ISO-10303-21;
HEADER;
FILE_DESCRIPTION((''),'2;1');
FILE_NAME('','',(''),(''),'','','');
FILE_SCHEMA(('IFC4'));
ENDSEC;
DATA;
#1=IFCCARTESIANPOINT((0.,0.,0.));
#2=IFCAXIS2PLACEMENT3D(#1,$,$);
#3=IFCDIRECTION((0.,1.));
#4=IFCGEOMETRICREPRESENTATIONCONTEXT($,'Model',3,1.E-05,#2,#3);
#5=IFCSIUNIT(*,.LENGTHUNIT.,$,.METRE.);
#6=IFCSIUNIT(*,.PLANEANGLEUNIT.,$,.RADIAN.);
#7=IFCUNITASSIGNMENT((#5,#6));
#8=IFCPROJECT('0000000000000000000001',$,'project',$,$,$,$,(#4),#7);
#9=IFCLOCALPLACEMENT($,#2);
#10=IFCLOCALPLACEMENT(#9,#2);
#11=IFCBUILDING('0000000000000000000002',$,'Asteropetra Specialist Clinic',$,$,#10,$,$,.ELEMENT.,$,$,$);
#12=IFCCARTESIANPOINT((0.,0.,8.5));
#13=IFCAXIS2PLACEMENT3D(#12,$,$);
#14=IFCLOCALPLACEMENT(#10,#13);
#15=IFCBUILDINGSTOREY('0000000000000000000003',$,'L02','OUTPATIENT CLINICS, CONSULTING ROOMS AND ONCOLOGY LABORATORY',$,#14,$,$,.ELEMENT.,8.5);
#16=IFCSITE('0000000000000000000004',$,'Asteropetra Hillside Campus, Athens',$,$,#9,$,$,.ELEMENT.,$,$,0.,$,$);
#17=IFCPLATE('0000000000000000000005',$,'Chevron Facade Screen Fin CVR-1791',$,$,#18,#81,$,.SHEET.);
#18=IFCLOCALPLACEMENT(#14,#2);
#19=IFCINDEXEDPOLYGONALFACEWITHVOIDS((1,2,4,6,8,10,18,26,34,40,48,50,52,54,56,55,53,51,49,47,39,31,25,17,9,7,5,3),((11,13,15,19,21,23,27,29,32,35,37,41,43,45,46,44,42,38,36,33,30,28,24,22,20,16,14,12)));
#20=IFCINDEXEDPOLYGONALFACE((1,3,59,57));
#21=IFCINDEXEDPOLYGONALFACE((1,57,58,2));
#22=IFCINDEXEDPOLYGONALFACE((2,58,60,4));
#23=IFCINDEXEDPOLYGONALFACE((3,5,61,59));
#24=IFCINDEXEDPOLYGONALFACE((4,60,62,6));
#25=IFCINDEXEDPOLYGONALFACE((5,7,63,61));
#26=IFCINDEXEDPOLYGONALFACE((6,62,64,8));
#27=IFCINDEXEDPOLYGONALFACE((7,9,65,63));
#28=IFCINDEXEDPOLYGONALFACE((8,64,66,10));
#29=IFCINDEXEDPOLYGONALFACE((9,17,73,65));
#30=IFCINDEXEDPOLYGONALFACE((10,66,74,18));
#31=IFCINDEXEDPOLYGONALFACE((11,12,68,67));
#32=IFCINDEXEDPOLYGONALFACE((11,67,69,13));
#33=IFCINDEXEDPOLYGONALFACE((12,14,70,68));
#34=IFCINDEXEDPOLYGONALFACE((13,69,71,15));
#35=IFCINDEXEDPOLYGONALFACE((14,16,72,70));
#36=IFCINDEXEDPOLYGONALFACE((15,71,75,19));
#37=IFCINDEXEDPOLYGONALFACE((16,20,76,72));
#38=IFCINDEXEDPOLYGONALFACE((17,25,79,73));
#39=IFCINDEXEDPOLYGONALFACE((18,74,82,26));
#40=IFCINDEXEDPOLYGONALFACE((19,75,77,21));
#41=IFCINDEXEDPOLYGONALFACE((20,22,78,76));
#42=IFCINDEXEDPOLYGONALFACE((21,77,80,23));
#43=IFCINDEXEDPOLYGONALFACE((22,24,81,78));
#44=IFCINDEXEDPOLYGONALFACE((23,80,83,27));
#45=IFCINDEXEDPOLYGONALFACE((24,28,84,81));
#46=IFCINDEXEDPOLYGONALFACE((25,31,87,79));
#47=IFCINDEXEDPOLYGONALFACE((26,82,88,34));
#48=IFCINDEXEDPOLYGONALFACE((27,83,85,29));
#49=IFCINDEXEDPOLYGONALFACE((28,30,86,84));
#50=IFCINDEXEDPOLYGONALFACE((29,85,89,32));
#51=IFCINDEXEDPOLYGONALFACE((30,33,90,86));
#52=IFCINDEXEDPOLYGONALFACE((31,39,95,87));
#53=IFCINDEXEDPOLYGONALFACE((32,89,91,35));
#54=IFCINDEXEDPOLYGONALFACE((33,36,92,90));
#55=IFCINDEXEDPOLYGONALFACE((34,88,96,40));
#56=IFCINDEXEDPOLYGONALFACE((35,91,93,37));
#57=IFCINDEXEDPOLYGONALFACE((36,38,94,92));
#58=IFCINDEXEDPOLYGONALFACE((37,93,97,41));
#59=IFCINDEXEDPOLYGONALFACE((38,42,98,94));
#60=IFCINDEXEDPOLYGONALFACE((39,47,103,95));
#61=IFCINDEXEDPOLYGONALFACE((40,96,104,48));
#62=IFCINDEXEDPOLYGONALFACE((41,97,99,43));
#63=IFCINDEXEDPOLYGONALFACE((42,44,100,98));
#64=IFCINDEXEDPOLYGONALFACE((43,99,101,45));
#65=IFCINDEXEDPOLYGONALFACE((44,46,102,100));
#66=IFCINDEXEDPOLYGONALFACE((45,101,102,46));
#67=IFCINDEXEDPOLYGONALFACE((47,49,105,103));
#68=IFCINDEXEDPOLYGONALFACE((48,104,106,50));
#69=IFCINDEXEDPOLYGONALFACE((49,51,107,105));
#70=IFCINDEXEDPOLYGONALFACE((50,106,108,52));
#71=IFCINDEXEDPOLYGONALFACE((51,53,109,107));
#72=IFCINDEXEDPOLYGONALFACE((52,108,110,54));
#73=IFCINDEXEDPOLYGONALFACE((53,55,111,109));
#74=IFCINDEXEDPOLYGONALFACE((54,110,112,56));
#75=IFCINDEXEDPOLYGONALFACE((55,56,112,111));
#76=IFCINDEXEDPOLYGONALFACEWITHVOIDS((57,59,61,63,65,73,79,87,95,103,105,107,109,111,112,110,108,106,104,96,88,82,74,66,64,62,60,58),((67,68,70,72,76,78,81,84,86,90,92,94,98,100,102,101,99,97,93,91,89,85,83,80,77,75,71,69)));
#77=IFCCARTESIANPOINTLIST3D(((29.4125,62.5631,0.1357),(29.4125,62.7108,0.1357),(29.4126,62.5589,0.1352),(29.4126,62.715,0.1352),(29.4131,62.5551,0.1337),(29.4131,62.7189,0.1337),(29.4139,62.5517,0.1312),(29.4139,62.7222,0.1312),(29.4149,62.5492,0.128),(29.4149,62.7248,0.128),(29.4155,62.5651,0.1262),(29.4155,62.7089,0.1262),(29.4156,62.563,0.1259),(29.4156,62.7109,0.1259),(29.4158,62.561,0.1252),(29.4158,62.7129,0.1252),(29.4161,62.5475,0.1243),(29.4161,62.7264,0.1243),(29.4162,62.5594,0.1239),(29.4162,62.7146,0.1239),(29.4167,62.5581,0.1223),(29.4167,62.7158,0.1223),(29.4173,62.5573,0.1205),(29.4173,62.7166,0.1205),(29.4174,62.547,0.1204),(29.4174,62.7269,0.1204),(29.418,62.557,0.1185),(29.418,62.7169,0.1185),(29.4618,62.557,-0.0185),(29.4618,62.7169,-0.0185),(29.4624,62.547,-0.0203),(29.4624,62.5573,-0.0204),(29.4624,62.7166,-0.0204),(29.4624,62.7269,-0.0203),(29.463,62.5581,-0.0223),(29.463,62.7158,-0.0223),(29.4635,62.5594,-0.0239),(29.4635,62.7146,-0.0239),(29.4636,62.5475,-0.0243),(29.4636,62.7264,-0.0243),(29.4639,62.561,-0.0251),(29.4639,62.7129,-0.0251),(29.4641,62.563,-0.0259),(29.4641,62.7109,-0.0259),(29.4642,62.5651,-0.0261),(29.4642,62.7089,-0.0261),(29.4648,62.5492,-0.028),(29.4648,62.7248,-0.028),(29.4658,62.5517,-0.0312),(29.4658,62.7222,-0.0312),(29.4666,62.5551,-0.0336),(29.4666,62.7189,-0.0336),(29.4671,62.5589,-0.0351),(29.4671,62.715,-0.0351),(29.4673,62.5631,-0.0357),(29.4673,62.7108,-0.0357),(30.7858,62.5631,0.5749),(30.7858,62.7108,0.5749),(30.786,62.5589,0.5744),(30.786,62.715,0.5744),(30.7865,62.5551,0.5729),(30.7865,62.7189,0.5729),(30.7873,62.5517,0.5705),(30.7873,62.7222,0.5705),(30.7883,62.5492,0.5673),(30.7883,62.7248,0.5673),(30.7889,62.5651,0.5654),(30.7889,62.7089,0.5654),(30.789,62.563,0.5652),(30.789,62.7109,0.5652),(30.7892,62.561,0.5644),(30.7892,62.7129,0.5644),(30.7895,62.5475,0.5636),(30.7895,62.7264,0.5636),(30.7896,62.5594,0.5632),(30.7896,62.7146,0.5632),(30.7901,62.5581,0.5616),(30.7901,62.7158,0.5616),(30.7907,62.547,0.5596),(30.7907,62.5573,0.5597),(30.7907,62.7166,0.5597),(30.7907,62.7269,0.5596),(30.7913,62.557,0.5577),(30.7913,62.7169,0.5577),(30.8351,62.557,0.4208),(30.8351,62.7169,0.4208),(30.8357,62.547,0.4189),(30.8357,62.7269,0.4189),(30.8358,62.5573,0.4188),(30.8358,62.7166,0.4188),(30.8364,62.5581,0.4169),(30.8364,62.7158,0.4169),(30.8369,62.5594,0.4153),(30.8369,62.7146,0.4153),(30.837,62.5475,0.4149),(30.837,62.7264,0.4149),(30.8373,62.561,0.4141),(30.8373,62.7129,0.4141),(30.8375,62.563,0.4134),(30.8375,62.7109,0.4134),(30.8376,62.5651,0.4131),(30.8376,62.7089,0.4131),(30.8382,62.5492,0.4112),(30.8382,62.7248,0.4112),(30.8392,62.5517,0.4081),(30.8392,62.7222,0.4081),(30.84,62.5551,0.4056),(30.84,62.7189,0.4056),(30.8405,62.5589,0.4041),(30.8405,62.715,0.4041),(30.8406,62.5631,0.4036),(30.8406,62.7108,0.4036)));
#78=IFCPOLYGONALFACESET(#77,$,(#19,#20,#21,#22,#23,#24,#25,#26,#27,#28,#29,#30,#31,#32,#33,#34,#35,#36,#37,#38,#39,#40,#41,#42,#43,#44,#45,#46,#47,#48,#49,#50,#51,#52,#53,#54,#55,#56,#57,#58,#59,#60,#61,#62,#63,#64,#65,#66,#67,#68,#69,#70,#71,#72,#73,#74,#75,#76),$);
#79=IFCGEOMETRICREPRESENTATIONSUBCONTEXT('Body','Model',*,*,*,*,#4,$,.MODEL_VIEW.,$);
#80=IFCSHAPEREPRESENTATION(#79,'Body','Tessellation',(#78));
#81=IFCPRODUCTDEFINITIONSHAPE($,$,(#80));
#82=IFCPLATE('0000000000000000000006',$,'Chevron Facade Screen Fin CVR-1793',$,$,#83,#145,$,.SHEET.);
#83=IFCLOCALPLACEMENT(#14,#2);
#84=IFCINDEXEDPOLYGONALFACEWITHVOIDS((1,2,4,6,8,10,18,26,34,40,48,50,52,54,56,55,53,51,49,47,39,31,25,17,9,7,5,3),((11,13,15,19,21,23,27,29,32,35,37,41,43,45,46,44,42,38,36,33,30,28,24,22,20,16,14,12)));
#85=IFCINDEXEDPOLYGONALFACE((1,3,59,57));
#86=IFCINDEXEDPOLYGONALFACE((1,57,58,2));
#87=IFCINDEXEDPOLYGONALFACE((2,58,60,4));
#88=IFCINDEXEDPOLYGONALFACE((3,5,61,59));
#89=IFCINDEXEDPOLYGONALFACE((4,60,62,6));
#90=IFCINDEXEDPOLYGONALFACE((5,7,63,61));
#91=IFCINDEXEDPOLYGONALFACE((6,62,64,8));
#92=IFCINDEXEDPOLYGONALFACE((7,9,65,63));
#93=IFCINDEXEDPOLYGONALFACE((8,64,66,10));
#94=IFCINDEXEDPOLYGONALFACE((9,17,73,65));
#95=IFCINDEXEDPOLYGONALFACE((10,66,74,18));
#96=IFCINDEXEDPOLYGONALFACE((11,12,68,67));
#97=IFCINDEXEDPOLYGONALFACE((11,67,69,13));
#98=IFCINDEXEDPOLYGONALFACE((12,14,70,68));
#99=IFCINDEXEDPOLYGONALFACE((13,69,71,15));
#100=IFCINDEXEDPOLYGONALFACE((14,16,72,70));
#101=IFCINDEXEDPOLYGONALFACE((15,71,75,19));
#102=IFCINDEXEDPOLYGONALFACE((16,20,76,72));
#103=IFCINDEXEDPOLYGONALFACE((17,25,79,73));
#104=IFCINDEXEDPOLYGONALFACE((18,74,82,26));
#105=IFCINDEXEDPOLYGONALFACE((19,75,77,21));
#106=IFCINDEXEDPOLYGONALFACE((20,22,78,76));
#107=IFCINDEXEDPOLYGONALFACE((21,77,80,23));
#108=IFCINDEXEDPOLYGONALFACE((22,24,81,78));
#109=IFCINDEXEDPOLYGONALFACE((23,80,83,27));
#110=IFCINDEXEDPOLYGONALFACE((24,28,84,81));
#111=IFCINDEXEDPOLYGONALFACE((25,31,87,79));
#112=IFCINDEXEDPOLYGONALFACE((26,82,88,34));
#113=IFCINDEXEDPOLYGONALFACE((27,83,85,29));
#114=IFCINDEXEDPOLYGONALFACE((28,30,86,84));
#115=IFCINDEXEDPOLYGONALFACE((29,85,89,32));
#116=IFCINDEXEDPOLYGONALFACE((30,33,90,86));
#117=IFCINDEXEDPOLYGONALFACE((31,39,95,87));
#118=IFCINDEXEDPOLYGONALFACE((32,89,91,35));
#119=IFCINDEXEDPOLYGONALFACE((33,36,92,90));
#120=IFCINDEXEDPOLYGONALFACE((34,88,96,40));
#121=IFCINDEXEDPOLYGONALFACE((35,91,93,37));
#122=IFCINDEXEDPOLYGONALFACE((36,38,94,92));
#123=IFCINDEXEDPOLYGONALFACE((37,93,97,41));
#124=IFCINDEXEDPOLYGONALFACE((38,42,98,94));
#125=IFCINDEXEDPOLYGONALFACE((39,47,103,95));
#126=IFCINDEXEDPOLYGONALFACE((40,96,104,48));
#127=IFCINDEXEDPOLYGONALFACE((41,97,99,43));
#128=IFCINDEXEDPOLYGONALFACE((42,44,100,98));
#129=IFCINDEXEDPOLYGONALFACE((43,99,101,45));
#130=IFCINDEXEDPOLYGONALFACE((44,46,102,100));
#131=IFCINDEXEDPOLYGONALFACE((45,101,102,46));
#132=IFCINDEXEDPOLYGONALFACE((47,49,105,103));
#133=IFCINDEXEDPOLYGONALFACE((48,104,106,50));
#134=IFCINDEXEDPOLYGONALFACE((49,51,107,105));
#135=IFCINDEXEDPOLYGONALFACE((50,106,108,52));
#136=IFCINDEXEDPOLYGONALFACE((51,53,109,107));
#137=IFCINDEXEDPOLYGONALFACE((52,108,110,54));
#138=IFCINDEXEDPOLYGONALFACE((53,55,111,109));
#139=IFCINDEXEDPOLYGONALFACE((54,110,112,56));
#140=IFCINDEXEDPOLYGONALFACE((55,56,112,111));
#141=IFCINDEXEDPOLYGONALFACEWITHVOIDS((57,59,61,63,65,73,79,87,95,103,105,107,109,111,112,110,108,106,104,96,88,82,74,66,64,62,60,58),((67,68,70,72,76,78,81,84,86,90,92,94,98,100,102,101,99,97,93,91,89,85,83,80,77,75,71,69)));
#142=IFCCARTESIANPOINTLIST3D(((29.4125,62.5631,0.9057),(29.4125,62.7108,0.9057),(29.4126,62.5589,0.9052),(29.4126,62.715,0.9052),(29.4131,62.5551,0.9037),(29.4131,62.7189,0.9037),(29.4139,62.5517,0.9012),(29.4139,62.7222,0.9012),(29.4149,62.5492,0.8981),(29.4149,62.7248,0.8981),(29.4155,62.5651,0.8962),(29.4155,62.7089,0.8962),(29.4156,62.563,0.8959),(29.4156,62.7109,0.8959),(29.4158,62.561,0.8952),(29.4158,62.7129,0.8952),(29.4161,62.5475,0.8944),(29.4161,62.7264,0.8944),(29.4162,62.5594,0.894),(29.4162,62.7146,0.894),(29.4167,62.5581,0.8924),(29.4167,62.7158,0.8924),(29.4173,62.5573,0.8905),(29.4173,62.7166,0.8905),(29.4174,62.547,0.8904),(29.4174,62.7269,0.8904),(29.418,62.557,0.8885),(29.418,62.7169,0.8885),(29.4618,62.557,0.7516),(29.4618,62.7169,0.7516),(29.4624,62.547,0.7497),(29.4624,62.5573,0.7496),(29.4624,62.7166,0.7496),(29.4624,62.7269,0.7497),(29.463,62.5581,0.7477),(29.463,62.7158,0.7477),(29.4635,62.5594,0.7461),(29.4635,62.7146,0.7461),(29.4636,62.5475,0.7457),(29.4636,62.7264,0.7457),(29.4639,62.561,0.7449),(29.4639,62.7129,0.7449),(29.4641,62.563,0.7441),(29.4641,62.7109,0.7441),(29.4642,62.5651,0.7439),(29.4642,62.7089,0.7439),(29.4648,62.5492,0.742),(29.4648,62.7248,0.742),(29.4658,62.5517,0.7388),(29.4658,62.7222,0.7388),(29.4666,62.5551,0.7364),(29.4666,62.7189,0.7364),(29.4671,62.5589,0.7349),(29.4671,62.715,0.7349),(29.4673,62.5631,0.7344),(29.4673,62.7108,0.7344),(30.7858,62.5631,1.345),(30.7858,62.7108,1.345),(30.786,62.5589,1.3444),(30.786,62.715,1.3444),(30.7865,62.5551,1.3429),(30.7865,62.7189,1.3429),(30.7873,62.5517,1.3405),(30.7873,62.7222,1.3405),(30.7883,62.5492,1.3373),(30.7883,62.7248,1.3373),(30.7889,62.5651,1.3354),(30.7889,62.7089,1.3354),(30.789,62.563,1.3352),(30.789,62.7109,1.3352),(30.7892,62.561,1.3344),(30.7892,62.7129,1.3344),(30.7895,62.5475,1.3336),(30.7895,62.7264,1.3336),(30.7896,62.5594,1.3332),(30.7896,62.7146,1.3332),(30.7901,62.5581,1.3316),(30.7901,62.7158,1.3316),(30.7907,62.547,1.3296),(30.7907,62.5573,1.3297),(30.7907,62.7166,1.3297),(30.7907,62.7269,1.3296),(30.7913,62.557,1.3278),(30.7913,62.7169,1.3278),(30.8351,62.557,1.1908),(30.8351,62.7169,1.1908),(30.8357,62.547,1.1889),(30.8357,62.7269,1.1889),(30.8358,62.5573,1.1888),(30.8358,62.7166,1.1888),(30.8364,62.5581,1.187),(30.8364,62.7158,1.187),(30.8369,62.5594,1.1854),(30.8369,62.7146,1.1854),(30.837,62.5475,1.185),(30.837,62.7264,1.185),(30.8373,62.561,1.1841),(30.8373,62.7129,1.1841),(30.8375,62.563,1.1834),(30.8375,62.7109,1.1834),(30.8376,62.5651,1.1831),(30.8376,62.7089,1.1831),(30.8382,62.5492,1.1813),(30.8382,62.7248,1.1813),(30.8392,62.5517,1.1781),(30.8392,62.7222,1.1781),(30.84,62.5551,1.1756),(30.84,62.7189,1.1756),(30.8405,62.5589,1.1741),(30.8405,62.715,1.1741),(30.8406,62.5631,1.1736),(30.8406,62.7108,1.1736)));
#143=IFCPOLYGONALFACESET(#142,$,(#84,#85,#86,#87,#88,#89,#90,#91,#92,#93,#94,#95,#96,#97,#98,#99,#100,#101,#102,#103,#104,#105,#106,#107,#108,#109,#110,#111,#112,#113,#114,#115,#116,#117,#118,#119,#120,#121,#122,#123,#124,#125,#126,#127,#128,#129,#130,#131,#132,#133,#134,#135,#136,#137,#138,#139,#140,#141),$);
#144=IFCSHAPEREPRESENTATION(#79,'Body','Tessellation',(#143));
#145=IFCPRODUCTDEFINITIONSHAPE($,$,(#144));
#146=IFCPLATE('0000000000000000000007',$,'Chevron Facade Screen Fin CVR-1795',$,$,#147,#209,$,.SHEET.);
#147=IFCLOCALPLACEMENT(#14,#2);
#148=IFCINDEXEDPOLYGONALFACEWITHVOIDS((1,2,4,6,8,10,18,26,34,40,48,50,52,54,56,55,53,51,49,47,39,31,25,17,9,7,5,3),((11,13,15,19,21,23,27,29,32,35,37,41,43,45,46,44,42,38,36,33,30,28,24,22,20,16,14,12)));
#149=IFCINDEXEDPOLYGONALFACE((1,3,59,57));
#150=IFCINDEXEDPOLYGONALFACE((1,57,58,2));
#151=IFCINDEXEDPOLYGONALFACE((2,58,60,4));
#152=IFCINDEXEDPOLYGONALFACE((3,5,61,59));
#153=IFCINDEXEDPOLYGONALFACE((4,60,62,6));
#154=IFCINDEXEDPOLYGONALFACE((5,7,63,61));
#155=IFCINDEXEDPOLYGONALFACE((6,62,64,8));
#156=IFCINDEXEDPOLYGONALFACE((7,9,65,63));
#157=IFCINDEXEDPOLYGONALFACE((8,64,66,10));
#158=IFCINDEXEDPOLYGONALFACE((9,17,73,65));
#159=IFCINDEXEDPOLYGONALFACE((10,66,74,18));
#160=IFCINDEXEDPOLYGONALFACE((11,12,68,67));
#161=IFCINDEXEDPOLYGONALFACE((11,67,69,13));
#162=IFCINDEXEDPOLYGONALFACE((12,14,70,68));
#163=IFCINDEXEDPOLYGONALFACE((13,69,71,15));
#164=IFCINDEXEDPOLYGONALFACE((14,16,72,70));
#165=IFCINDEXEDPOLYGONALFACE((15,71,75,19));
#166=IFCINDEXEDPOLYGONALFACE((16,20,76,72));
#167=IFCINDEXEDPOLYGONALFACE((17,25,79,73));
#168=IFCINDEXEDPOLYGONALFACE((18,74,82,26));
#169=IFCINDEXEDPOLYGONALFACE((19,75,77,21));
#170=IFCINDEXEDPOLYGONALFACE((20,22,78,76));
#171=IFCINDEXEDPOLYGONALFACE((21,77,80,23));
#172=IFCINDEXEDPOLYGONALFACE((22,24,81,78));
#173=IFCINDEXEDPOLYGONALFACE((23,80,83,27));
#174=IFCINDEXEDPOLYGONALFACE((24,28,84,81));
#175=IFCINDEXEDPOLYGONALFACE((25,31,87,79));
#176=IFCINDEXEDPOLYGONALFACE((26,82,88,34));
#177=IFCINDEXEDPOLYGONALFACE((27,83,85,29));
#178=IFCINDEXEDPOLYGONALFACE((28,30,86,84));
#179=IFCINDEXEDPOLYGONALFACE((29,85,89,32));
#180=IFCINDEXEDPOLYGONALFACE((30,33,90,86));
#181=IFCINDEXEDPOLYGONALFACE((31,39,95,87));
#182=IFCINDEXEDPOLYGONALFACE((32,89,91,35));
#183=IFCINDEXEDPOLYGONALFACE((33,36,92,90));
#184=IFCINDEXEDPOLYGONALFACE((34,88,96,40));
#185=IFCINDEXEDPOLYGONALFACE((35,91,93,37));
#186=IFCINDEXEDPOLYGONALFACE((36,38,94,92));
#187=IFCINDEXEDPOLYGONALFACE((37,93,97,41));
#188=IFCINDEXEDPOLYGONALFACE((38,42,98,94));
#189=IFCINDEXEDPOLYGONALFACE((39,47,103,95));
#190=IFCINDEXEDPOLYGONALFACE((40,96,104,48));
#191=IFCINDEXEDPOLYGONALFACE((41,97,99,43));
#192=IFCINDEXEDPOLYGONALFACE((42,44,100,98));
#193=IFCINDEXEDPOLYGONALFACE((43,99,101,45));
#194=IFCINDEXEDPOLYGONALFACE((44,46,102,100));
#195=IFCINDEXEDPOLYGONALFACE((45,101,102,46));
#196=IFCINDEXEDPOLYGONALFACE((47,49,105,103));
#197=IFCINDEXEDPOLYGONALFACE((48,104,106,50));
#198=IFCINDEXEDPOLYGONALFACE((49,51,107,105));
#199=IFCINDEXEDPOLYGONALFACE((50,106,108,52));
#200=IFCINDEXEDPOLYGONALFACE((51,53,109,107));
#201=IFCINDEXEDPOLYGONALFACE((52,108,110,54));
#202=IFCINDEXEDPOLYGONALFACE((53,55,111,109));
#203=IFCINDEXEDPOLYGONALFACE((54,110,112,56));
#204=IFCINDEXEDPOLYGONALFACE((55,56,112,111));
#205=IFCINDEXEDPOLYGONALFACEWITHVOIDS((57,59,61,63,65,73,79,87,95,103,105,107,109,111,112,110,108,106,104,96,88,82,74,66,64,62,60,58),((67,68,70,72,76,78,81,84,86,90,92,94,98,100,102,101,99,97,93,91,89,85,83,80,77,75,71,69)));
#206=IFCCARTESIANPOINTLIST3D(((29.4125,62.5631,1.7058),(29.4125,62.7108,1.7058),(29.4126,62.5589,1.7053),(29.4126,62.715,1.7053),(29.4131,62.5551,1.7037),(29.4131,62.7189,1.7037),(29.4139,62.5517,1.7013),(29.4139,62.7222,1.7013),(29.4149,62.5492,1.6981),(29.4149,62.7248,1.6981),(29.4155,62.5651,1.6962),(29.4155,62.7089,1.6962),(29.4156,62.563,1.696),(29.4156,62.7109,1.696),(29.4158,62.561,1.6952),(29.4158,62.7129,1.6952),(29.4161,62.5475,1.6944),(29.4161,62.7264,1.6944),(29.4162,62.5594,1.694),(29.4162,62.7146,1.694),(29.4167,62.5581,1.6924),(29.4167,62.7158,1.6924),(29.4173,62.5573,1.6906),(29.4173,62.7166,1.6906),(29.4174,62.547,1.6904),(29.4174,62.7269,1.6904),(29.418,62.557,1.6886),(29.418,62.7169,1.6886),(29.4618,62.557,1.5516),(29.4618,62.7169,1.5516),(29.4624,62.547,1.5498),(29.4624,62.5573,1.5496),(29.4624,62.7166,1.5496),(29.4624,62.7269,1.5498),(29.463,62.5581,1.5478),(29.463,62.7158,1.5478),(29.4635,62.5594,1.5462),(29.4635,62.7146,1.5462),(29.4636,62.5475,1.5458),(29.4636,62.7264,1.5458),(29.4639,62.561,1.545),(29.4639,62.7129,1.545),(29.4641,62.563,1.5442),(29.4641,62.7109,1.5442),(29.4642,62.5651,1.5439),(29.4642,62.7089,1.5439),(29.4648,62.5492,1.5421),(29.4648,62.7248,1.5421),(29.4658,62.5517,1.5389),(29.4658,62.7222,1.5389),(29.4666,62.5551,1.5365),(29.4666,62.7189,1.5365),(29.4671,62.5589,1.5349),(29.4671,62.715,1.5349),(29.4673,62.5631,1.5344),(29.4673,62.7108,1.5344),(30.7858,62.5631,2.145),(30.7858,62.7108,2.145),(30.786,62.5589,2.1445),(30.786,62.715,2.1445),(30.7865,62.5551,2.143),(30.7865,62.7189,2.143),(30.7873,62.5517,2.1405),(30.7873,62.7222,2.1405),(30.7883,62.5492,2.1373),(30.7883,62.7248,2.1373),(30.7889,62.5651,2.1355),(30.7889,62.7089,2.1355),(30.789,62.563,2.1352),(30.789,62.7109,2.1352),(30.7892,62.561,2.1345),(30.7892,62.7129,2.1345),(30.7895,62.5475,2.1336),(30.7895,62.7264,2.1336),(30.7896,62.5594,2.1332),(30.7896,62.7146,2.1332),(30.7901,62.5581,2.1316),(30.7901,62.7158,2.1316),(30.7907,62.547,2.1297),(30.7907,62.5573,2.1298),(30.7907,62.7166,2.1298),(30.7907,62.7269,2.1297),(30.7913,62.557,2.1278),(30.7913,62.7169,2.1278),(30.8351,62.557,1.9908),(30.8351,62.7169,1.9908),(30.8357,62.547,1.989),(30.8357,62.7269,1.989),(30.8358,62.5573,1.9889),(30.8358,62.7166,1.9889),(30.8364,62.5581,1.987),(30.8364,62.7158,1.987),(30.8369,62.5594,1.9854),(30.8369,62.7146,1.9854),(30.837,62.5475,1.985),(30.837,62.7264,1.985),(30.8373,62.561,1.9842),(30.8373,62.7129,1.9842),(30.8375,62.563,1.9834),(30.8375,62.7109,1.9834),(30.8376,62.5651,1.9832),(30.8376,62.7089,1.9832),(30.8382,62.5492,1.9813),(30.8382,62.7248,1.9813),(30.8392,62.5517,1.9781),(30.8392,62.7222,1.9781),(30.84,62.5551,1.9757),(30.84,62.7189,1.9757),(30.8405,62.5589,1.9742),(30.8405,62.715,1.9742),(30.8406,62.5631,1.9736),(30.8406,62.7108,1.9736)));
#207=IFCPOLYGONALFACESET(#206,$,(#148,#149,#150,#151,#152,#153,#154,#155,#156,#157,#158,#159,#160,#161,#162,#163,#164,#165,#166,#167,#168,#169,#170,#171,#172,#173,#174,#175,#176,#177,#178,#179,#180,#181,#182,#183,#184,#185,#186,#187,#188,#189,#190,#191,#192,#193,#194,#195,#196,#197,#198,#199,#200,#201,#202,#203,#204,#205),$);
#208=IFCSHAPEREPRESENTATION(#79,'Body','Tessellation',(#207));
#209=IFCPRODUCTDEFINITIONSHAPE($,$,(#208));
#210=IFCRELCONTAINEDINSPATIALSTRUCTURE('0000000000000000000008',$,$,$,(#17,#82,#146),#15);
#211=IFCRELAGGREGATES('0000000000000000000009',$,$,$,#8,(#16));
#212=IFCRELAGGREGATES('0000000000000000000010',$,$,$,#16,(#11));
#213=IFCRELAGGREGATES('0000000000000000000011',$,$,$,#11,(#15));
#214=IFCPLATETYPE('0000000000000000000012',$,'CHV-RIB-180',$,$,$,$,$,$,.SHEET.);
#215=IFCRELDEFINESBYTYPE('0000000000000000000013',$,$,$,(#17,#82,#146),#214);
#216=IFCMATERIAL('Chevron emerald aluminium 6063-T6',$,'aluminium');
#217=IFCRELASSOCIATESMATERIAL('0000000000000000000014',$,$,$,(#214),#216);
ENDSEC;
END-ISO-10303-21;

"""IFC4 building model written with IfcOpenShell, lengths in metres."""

from ifc_helpers import new_model, si_unit, direction, frame, origin, origin_2d, place, context, subcontext, project, spatial, hollow_rectangle, extrude, material, material_profile, profile_set, type_object, element, save


model = new_model("IFC4")

# Units and contexts
model_context = context("Model", 3, precision=1e-05, world=origin(), true_north=direction((0.0, 1.0)))
body_context = subcontext(model_context, "Body", "Model", "MODEL_VIEW")
ifc_project = project(units=[si_unit("LENGTHUNIT", "METRE"), si_unit("PLANEANGLEUNIT", "RADIAN")], contexts=[model_context])

# Site, building, storey
site_placement = place(None, origin())
site = spatial("IfcSite", under=ifc_project, at=site_placement, Name="Asteropetra Hillside Campus, Athens", CompositionType="ELEMENT", RefElevation=0.0)
building_placement = place(site_placement, origin())
building = spatial("IfcBuilding", under=site, at=building_placement, Name="Asteropetra Specialist Clinic", CompositionType="ELEMENT")
storey_placement = place(building_placement, frame((0.0, 0.0, 8.5)))
storey = spatial("IfcBuildingStorey", under=building, at=storey_placement, Name="L02", Description="OUTPATIENT CLINICS, CONSULTING ROOMS AND ONCOLOGY LABORATORY", CompositionType="ELEMENT", Elevation=8.5)

# Plates
ifc_material_1 = material(Name="Chevron emerald aluminium 6063-T6", Category="aluminium")
ifc_material_profile_1 = material_profile(ifc_material_1, hollow_rectangle(XDim=0.1799, YDim=0.1799, WallThickness=0.01, InnerFilletRadius=0.0081, OuterFilletRadius=0.0161, at=origin_2d()), Name="SHS 180x180x10.0")
ifc_profile_set_1 = profile_set([ifc_material_profile_1], Name="Chevron emerald aluminium 6063-T6")
plate_type = type_object("IfcPlateType", Name="CHV-RIB-180", PredefinedType="SHEET", material=ifc_profile_set_1)
for number, where, z_axis, x_axis, name in (
    (1, (30.8132, 62.637, 0.4893), (-0.952473, 0.0, -0.304622), (0.0, -1.0, 0.0), "Chevron Facade Screen Fin CVR-1791"),
    (2, (30.8132, 62.637, 1.2593), (-0.952473, 0.0, -0.304622), (0.0, -1.0, 0.0), "Chevron Facade Screen Fin CVR-1793"),
    (3, (30.8132, 62.637, 2.0593), (-0.952473, 0.0, -0.304622), (0.0, -1.0, 0.0), "Chevron Facade Screen Fin CVR-1795"),
):
    element("IfcPlate", number, at=place(storey_placement, frame(where, z_axis=z_axis, x_axis=x_axis)), inside=storey, type_object=plate_type, Name=name, PredefinedType="SHEET", context=body_context, shape_type="SweptSolid", body=[
        extrude(hollow_rectangle(XDim=0.1799, YDim=0.1799, WallThickness=0.01, InnerFilletRadius=0.0081, OuterFilletRadius=0.0161, at=origin_2d()), origin(), (0.0, 0.0, 1.0), 1.4419),
    ])

save(model, "model.ifc")
